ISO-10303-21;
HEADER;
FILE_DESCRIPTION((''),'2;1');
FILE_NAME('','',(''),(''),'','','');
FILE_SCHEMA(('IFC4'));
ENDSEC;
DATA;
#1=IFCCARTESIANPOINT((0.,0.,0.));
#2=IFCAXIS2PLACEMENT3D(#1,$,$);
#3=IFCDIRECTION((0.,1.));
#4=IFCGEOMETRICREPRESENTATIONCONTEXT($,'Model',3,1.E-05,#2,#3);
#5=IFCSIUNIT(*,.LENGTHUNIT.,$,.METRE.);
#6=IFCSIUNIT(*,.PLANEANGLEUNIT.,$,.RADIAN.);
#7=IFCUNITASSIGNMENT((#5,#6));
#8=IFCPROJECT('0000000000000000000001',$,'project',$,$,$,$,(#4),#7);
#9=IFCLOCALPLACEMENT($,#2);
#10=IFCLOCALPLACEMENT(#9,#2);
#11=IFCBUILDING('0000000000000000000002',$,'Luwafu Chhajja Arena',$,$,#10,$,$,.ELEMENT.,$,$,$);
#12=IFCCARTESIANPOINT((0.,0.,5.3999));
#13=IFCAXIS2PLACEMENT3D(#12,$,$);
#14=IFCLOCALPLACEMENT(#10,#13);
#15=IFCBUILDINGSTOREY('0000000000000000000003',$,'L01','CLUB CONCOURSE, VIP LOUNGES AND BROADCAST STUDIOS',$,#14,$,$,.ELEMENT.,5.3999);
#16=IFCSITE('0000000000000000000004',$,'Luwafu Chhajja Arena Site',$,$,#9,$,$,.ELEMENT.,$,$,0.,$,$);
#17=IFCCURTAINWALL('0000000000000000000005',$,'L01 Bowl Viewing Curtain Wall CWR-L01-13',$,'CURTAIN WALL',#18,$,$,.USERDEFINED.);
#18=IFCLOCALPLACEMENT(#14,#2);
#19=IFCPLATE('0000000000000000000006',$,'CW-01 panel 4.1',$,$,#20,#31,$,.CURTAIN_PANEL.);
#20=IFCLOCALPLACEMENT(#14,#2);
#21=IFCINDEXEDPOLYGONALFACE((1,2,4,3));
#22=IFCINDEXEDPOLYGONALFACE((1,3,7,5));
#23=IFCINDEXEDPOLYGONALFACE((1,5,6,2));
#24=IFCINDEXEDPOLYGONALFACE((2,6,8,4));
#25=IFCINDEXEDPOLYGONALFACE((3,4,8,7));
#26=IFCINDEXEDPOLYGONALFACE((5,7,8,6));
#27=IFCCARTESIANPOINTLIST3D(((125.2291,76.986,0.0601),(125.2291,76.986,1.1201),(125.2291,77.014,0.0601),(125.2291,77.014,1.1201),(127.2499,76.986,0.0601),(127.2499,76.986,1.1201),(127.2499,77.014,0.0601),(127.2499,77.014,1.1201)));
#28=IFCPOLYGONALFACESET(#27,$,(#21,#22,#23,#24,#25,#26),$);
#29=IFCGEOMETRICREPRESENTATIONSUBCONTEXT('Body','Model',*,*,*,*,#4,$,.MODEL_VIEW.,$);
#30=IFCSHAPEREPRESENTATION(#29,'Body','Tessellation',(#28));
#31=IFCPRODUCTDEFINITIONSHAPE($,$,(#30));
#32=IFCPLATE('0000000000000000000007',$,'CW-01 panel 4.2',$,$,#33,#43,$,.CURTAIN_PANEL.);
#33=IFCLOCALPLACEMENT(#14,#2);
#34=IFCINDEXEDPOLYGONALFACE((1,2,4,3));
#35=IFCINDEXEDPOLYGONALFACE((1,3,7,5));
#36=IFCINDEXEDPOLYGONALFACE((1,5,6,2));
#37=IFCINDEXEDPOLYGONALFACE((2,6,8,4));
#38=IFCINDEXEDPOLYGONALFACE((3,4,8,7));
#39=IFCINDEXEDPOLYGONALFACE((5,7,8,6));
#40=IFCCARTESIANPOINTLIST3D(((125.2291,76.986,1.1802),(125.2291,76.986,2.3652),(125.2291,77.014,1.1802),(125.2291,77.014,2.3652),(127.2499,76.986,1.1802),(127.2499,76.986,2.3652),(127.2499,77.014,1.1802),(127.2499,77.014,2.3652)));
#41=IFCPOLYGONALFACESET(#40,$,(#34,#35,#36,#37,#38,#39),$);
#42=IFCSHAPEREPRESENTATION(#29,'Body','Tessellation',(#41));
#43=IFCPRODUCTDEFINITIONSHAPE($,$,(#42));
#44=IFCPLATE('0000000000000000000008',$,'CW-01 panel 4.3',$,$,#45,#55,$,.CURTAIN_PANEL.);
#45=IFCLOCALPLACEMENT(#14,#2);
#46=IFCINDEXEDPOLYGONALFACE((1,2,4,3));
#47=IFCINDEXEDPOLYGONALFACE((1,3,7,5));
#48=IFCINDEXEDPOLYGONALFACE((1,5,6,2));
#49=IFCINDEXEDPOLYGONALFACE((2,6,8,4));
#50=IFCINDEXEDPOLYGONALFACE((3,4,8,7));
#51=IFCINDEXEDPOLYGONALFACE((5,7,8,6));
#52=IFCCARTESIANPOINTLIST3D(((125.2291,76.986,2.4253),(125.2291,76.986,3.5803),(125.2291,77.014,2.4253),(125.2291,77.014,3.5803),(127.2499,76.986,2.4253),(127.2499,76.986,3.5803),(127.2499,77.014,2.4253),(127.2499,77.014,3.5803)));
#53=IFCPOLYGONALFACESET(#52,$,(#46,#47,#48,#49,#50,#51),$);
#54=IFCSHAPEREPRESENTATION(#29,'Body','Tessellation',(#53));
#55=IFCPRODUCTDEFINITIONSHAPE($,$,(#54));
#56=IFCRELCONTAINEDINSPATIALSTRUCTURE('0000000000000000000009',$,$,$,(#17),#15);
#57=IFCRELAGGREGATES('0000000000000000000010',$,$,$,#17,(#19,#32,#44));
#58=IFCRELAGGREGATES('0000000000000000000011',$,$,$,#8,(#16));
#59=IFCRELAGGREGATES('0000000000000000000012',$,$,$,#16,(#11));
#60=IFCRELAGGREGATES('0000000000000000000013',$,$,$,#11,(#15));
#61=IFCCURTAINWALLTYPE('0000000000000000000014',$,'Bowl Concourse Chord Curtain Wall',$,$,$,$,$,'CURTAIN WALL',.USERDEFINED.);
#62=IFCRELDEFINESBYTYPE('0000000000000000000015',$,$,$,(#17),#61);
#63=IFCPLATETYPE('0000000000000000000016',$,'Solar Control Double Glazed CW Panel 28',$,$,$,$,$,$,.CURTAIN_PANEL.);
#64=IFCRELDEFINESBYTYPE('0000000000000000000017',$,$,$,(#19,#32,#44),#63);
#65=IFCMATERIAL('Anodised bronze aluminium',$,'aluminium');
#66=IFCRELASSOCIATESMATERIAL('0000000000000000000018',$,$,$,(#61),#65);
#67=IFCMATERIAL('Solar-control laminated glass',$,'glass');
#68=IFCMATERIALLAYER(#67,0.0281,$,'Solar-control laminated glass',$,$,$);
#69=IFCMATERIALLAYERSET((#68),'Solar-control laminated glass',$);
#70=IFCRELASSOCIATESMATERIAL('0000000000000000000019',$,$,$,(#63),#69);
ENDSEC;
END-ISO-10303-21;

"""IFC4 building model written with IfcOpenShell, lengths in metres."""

from ifc_helpers import new_model, si_unit, direction, frame, origin, origin_2d, place, context, subcontext, project, spatial, rectangle, extrude, material, layer, layer_set, type_object, element, aggregate, save


model = new_model("IFC4")

# Units and contexts
model_context = context("Model", 3, precision=1e-05, world=origin(), true_north=direction((0.0, 1.0)))
body_context = subcontext(model_context, "Body", "Model", "MODEL_VIEW")
ifc_project = project(units=[si_unit("LENGTHUNIT", "METRE"), si_unit("PLANEANGLEUNIT", "RADIAN")], contexts=[model_context])

# Site, building, storey
site_placement = place(None, origin())
site = spatial("IfcSite", under=ifc_project, at=site_placement, Name="Luwafu Chhajja Arena Site", CompositionType="ELEMENT", RefElevation=0.0)
building_placement = place(site_placement, origin())
building = spatial("IfcBuilding", under=site, at=building_placement, Name="Luwafu Chhajja Arena", CompositionType="ELEMENT")
storey_placement = place(building_placement, frame((0.0, 0.0, 5.3999)))
storey = spatial("IfcBuildingStorey", under=building, at=storey_placement, Name="L01", Description="CLUB CONCOURSE, VIP LOUNGES AND BROADCAST STUDIOS", CompositionType="ELEMENT", Elevation=5.3999)

# Curtain wall
ifc_material_1 = material(Name="Anodised bronze aluminium", Category="aluminium")
curtain_wall_type = type_object("IfcCurtainWallType", Name="Bowl Concourse Chord Curtain Wall", ElementType="CURTAIN WALL", PredefinedType="USERDEFINED", material=ifc_material_1)
curtain_wall_placement = place(storey_placement, origin())
curtain_wall = element("IfcCurtainWall", 1, at=curtain_wall_placement, inside=storey, type_object=curtain_wall_type, Name="L01 Bowl Viewing Curtain Wall CWR-L01-13", ObjectType="CURTAIN WALL", PredefinedType="USERDEFINED")

# Plates
ifc_material_2 = material(Name="Solar-control laminated glass", Category="glass")
ifc_layer = layer(ifc_material_2, 0.0281, Name="Solar-control laminated glass")
ifc_layer_set = layer_set([ifc_layer], Name="Solar-control laminated glass")
plate_type = type_object("IfcPlateType", Name="Solar Control Double Glazed CW Panel 28", PredefinedType="CURTAIN_PANEL", material=ifc_layer_set)
plate_1_placement = place(storey_placement, frame((126.2395, 77.0, 0.0601), z_axis=(0.0, 0.0, 1.0), x_axis=(1.0, 0.0, 0.0)))
plate_1 = element("IfcPlate", 2, at=plate_1_placement, type_object=plate_type, Name="CW-01 panel 4.1", PredefinedType="CURTAIN_PANEL", context=body_context, shape_type="SweptSolid", body=[
    extrude(rectangle(XDim=2.0208, YDim=0.0281, at=origin_2d()), origin(), (0.0, 0.0, 1.0), 1.0601),
])
plate_2_placement = place(storey_placement, frame((126.2395, 77.0, 1.1802), z_axis=(0.0, 0.0, 1.0), x_axis=(1.0, 0.0, 0.0)))
plate_2 = element("IfcPlate", 3, at=plate_2_placement, type_object=plate_type, Name="CW-01 panel 4.2", PredefinedType="CURTAIN_PANEL", context=body_context, shape_type="SweptSolid", body=[
    extrude(rectangle(XDim=2.0208, YDim=0.0281, at=origin_2d()), origin(), (0.0, 0.0, 1.0), 1.1851),
])
plate_3_placement = place(storey_placement, frame((126.2395, 77.0, 2.4253), z_axis=(0.0, 0.0, 1.0), x_axis=(1.0, 0.0, 0.0)))
plate_3 = element("IfcPlate", 4, at=plate_3_placement, type_object=plate_type, Name="CW-01 panel 4.3", PredefinedType="CURTAIN_PANEL", context=body_context, shape_type="SweptSolid", body=[
    extrude(rectangle(XDim=2.0208, YDim=0.0281, at=origin_2d()), origin(), (0.0, 0.0, 1.0), 1.155),
])
aggregate(curtain_wall, [plate_1, plate_2, plate_3])

save(model, "model.ifc")
